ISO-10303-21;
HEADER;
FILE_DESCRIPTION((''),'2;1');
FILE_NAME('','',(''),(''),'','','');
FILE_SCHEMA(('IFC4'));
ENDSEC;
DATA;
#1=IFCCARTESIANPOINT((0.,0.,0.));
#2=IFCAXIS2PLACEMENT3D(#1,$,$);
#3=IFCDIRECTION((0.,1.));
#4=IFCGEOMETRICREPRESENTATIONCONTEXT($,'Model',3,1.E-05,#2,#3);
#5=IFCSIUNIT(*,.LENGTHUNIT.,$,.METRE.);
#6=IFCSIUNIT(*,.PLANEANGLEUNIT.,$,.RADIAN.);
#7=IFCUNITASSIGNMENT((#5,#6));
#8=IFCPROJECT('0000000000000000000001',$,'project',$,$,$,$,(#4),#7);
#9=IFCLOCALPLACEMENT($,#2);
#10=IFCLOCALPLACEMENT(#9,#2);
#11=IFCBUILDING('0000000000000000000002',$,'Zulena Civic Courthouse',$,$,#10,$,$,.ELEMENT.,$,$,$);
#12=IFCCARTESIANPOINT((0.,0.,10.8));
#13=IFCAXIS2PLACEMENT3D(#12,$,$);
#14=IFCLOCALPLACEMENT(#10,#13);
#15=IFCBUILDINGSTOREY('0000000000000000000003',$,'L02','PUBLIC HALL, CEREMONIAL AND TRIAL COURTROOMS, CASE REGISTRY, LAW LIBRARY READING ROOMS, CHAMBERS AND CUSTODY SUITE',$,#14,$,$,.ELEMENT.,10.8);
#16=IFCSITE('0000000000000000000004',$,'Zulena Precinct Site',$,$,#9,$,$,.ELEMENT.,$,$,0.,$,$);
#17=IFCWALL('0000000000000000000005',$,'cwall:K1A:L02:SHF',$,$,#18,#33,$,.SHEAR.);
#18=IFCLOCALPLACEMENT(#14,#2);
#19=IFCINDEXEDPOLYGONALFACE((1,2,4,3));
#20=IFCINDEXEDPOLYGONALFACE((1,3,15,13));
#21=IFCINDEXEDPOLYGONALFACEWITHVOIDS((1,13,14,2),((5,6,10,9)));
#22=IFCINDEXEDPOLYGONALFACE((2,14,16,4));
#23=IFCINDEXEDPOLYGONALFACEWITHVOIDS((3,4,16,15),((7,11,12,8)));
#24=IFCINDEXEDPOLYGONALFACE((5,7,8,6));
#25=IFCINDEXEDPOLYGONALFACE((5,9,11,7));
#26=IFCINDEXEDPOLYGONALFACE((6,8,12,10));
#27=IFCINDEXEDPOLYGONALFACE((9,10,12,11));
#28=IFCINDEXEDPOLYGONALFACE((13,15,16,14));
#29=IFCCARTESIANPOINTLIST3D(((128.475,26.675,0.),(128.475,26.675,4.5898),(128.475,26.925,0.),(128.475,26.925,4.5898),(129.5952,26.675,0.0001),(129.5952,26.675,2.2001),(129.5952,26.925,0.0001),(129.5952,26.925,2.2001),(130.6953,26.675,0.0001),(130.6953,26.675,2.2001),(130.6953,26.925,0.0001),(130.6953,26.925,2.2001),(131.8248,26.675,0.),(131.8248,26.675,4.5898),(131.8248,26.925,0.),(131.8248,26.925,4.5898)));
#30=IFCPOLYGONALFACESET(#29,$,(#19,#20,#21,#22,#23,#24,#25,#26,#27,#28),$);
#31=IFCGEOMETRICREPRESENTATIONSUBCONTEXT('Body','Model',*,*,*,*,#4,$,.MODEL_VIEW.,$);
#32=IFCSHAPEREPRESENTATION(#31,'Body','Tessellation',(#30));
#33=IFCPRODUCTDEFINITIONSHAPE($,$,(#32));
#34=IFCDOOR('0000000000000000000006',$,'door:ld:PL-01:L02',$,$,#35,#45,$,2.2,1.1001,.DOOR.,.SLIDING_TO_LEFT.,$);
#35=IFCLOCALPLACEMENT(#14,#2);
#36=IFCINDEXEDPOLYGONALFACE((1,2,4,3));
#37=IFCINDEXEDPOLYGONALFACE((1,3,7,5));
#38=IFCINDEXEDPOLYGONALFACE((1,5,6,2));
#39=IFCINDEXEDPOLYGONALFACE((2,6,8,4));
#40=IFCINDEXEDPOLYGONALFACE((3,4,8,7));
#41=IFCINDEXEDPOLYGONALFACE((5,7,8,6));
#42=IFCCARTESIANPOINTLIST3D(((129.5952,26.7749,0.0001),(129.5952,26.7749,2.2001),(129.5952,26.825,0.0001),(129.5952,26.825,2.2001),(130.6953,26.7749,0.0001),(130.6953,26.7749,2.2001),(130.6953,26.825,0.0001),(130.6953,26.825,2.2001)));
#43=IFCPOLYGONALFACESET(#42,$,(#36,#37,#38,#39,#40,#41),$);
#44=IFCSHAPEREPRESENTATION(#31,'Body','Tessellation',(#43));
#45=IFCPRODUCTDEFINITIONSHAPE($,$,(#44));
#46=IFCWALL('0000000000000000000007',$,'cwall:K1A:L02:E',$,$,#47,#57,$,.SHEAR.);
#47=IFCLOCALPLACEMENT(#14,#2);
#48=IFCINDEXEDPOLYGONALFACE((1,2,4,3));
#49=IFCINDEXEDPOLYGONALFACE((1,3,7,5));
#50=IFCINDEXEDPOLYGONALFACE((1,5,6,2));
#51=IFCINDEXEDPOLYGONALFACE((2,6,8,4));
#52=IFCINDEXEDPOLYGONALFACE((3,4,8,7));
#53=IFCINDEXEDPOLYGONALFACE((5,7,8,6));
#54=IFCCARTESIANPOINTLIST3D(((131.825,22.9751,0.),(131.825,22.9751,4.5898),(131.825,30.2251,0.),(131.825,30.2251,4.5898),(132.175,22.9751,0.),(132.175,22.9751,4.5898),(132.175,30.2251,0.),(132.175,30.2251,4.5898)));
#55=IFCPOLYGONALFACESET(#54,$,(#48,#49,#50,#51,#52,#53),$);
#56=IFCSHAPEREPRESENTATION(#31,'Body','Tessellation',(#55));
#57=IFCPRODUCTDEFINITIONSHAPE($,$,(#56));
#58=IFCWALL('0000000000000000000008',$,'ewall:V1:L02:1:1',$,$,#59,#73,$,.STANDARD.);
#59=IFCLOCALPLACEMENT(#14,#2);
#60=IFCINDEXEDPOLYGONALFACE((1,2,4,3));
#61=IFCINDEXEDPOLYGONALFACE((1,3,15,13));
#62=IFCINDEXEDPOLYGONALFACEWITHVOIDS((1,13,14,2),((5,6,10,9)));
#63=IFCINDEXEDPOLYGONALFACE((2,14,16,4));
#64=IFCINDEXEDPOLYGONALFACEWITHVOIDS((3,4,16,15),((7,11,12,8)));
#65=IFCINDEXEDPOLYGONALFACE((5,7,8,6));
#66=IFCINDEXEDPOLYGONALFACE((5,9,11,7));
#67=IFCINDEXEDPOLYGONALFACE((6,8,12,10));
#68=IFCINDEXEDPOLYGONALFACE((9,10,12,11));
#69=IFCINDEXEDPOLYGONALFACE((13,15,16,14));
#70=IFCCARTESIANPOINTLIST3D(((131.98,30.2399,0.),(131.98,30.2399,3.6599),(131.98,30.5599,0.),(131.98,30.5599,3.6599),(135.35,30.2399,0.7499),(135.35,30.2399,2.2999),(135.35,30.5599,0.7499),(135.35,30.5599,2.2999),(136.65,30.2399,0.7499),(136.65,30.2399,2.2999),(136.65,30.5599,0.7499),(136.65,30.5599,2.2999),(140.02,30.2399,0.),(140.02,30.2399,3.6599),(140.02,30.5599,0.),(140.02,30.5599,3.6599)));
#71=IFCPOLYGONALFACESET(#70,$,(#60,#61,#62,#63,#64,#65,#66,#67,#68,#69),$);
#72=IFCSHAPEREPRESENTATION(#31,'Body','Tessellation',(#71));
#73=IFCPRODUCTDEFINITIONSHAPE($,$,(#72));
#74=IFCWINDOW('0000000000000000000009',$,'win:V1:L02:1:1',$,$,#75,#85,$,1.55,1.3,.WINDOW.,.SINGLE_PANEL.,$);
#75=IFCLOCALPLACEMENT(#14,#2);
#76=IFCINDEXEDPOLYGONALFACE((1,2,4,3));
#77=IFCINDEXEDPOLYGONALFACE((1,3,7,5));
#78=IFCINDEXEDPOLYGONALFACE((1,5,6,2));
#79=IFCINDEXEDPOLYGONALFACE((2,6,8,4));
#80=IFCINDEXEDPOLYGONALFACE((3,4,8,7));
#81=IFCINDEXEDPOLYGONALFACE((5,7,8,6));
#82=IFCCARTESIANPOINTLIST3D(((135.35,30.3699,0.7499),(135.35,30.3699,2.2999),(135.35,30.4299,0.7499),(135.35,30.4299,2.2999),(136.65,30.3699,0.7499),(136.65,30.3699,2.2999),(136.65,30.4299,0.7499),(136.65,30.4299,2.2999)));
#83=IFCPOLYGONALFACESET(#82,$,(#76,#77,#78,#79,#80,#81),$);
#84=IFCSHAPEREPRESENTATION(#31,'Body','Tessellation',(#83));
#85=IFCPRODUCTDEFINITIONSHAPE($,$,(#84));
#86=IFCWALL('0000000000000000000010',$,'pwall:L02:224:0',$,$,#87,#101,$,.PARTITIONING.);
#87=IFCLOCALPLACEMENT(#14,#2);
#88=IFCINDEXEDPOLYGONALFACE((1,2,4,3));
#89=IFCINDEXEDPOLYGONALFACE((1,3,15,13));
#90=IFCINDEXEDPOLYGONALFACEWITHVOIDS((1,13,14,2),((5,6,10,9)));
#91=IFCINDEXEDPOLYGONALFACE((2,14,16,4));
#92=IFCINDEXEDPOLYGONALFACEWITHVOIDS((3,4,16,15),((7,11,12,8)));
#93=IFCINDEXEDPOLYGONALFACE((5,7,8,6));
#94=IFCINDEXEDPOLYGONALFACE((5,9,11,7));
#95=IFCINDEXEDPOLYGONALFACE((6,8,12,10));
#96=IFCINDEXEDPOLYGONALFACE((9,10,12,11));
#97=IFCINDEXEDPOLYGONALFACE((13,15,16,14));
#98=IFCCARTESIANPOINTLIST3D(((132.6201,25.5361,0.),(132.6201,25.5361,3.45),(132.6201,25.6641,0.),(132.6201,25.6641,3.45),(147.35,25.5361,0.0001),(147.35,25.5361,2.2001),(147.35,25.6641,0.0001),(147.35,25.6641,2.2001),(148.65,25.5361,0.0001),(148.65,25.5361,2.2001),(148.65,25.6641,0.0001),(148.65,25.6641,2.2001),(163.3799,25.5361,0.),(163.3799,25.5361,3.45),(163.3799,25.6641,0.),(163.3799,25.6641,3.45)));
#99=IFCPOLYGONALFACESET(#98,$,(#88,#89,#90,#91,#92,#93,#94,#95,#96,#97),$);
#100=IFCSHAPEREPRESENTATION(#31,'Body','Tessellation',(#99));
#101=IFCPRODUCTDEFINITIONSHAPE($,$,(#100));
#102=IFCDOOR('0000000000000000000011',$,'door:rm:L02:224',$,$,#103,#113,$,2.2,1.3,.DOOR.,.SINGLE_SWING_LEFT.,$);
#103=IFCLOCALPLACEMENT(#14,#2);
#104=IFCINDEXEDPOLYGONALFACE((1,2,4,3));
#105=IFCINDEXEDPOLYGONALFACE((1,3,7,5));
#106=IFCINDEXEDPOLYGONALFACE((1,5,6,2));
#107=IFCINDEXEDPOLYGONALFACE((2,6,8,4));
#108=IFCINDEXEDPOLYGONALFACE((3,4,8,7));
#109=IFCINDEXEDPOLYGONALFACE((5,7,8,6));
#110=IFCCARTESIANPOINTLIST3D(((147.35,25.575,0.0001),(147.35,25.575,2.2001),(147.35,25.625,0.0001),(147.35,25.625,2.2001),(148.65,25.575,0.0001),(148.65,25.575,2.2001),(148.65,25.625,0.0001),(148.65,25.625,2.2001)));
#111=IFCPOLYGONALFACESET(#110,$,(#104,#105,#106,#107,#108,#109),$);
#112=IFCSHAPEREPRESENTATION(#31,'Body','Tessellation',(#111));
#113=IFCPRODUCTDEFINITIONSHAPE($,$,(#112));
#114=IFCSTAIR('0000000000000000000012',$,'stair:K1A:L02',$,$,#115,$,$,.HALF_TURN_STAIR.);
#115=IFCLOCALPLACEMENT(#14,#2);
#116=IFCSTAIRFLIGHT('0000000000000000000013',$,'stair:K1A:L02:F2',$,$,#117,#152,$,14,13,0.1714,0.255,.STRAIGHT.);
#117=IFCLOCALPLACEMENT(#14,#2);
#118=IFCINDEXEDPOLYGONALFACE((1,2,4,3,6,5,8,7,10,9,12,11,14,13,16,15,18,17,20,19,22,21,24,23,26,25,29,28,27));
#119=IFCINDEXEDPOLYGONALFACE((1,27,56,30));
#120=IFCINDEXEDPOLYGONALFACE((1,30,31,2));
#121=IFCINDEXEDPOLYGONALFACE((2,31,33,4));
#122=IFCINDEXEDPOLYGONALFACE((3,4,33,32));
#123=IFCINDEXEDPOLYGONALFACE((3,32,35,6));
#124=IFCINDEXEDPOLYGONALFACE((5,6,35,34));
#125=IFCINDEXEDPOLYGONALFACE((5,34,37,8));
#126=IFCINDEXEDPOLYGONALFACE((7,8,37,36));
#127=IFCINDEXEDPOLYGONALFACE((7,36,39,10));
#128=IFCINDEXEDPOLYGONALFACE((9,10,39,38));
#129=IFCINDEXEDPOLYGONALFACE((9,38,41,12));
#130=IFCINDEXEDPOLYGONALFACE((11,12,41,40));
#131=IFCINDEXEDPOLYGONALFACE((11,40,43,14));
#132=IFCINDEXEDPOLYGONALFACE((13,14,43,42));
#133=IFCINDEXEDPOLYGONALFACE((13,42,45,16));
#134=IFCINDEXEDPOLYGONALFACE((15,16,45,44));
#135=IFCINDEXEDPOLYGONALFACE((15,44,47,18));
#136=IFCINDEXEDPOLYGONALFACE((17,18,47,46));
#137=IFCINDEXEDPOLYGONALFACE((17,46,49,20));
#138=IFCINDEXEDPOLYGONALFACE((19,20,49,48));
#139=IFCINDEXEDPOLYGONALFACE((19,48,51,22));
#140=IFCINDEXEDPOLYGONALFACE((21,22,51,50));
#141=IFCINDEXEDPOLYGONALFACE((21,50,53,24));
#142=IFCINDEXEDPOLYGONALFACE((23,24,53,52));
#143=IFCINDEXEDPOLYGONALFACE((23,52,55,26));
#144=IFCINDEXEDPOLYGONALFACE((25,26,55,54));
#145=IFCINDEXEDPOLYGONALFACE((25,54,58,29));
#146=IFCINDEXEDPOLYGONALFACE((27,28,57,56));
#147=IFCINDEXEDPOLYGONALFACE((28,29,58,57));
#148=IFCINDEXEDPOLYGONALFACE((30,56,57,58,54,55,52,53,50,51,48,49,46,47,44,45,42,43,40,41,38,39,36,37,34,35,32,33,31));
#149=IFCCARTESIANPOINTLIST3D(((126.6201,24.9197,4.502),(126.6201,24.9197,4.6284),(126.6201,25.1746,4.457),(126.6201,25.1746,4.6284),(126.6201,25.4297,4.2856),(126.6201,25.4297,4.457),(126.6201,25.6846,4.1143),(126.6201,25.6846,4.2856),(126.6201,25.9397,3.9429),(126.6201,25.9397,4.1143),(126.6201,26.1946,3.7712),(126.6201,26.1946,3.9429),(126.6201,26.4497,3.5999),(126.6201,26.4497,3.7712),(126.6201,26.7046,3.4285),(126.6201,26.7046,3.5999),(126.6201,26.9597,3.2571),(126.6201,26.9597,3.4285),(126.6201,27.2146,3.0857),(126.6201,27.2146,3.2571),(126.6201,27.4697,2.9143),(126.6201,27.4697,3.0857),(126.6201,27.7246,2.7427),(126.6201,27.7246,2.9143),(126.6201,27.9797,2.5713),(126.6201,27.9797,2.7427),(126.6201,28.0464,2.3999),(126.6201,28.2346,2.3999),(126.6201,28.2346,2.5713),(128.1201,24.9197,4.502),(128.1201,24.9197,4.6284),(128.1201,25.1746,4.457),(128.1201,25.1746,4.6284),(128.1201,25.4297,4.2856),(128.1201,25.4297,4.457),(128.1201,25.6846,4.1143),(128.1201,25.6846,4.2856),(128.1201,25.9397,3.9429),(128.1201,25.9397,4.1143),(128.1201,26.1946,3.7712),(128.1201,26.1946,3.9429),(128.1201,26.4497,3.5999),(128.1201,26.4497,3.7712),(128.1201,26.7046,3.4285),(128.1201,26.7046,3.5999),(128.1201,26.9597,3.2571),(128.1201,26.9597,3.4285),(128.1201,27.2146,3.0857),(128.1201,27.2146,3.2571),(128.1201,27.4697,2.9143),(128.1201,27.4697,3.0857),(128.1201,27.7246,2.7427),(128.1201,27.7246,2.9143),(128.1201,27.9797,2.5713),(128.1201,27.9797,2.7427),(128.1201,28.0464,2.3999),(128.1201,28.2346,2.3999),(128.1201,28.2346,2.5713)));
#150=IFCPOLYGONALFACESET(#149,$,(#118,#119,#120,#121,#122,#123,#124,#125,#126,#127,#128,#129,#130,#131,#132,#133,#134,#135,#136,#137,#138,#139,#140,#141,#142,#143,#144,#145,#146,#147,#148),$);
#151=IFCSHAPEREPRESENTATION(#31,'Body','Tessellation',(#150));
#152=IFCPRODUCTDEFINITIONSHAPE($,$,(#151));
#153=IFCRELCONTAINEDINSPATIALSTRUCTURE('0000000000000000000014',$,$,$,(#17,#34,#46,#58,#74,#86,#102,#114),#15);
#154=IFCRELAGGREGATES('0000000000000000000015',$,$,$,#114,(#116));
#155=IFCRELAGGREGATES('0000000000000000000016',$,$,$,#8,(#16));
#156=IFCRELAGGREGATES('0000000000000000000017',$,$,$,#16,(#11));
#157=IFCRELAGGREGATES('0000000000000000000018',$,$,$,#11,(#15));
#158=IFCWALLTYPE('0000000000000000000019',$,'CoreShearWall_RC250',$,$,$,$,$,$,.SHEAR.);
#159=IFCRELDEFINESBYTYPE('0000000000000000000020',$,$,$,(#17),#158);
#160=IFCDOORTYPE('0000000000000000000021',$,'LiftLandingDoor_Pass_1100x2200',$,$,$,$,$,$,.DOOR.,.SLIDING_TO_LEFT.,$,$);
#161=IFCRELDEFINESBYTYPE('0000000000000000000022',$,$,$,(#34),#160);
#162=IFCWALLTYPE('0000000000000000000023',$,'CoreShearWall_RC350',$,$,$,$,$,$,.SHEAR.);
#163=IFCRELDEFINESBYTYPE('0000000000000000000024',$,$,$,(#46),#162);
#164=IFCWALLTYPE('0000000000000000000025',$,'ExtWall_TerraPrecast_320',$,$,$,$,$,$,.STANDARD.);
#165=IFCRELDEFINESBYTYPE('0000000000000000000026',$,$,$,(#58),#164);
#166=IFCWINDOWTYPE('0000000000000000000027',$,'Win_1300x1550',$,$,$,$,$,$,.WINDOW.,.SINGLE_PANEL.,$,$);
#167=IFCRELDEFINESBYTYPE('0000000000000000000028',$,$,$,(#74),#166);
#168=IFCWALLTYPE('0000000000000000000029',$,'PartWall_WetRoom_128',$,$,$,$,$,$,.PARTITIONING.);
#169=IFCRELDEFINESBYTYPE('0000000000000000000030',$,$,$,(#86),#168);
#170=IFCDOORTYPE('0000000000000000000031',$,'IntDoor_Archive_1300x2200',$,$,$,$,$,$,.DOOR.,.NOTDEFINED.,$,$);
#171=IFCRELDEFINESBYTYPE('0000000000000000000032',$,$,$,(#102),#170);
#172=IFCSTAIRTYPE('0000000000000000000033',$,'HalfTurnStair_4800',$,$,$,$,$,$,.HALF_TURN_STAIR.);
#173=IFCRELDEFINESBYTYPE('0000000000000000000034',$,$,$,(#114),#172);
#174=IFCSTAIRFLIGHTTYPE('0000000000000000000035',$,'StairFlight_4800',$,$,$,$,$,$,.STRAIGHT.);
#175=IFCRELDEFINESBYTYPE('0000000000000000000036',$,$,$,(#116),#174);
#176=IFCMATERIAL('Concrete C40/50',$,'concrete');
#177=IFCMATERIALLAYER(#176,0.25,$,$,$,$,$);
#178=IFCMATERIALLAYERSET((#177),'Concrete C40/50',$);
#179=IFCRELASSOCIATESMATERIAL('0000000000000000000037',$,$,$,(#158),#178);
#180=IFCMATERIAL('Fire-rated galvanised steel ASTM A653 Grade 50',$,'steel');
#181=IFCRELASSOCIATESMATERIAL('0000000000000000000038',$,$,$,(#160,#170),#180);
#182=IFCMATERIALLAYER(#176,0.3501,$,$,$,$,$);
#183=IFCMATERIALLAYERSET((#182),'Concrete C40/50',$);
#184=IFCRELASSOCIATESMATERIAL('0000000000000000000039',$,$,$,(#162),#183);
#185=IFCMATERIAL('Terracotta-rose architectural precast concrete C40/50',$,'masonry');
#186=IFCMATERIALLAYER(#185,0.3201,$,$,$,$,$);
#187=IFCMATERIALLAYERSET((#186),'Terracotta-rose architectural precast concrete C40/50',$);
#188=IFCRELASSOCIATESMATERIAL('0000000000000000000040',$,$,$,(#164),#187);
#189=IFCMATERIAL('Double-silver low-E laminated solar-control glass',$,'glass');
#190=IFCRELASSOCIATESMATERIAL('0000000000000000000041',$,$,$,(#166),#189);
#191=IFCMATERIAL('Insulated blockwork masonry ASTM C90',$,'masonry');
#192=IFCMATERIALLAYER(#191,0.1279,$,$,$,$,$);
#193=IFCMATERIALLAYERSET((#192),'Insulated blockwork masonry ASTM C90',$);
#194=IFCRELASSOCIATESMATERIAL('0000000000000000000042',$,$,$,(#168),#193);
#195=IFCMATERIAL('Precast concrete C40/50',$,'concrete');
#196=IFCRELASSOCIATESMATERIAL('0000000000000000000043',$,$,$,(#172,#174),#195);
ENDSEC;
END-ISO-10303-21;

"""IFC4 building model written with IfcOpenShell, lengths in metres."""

from ifc_helpers import new_model, si_unit, direction, frame, frame_2d, origin, place, context, subcontext, project, spatial, polyline, rectangle, outline, extrude, material, layer, layer_set, type_object, element, fill, aggregate, save


model = new_model("IFC4")

# Units and contexts
model_context = context("Model", 3, precision=1e-05, world=origin(), true_north=direction((0.0, 1.0)))
body_context = subcontext(model_context, "Body", "Model", "MODEL_VIEW")
ifc_project = project(units=[si_unit("LENGTHUNIT", "METRE"), si_unit("PLANEANGLEUNIT", "RADIAN")], contexts=[model_context])

# Site, building, storey
site_placement = place(None, origin())
site = spatial("IfcSite", under=ifc_project, at=site_placement, Name="Zulena Precinct Site", CompositionType="ELEMENT", RefElevation=0.0)
building_placement = place(site_placement, origin())
building = spatial("IfcBuilding", under=site, at=building_placement, Name="Zulena Civic Courthouse", CompositionType="ELEMENT")
storey_placement = place(building_placement, frame((0.0, 0.0, 10.8)))
storey = spatial("IfcBuildingStorey", under=building, at=storey_placement, Name="L02", Description="PUBLIC HALL, CEREMONIAL AND TRIAL COURTROOMS, CASE REGISTRY, LAW LIBRARY READING ROOMS, CHAMBERS AND CUSTODY SUITE", CompositionType="ELEMENT", Elevation=10.8)

# Shared definitions
ifc_material_1 = material(Name="Double-silver low-E laminated solar-control glass", Category="glass")

# Wall, opening, door
ifc_material_2 = material(Name="Concrete C40/50", Category="concrete")
ifc_layer_1 = layer(ifc_material_2, 0.25)
ifc_layer_set_1 = layer_set([ifc_layer_1], Name="Concrete C40/50")
wall_type_1 = type_object("IfcWallType", Name="CoreShearWall_RC250", PredefinedType="SHEAR", material=ifc_layer_set_1)
ifc_material_3 = material(Name="Fire-rated galvanised steel ASTM A653 Grade 50", Category="steel")
wall_1_placement = place(storey_placement, frame((128.4751, 26.8, 0.0), z_axis=(0.0, 0.0, 1.0), x_axis=(1.0, 0.0, 0.0)))
wall_1 = element("IfcWall", 1, at=wall_1_placement, inside=storey, type_object=wall_type_1, Name="cwall:K1A:L02:SHF", PredefinedType="SHEAR", context=body_context, shape_type="SweptSolid", body=[
    extrude(rectangle(XDim=3.3499, YDim=0.25, at=frame_2d((1.6748, 0.0))), origin(), (0.0, 0.0, 1.0), 4.5898),
])
opening_1_placement = place(wall_1_placement, frame((1.1201, 0.0, 0.0)))
opening_1 = element("IfcOpeningElement", 2, at=opening_1_placement, cuts=wall_1, PredefinedType="OPENING", context=body_context, shape_type="SweptSolid", body=[
    extrude(rectangle(XDim=1.1001, YDim=2.2, at=frame_2d((0.55, 1.1001))), frame((0.0, 0.135, 0.0), z_axis=(0.0, -1.0, 0.0), x_axis=(1.0, 0.0, 0.0)), (0.0, 0.0, 1.0), 0.27),
])
door_type_1 = type_object("IfcDoorType", Name="LiftLandingDoor_Pass_1100x2200", OperationType="SLIDING_TO_LEFT", PredefinedType="DOOR", material=ifc_material_3)
door_1_placement = place(opening_1_placement, origin())
door_1 = element("IfcDoor", 3, at=door_1_placement, inside=storey, type_object=door_type_1, Name="door:ld:PL-01:L02", OperationType="SLIDING_TO_LEFT", OverallHeight=2.2, OverallWidth=1.1001, PredefinedType="DOOR", context=body_context, shape_type="SweptSolid", body=[
    extrude(rectangle(XDim=1.1001, YDim=2.2, at=frame_2d((0.55, 1.1001))), frame((0.0, 0.0249, 0.0), z_axis=(0.0, -1.0, 0.0), x_axis=(1.0, 0.0, 0.0)), (0.0, 0.0, 1.0), 0.05),
])
fill(opening_1, door_1)

# Wall
ifc_layer_2 = layer(ifc_material_2, 0.3501)
ifc_layer_set_2 = layer_set([ifc_layer_2], Name="Concrete C40/50")
wall_type_2 = type_object("IfcWallType", Name="CoreShearWall_RC350", PredefinedType="SHEAR", material=ifc_layer_set_2)
wall_2_placement = place(storey_placement, frame((132.0, 22.9751, 0.0), z_axis=(0.0, 0.0, 1.0), x_axis=(0.0, 1.0, 0.0)))
element("IfcWall", 4, at=wall_2_placement, inside=storey, type_object=wall_type_2, Name="cwall:K1A:L02:E", PredefinedType="SHEAR", context=body_context, shape_type="SweptSolid", body=[
    extrude(rectangle(XDim=7.25, YDim=0.3501, at=frame_2d((3.625, 0.0))), origin(), (0.0, 0.0, 1.0), 4.5898),
])

# Wall, opening, window
ifc_material_4 = material(Name="Terracotta-rose architectural precast concrete C40/50", Category="masonry")
ifc_layer_3 = layer(ifc_material_4, 0.3201)
ifc_layer_set_3 = layer_set([ifc_layer_3], Name="Terracotta-rose architectural precast concrete C40/50")
wall_type_3 = type_object("IfcWallType", Name="ExtWall_TerraPrecast_320", PredefinedType="STANDARD", material=ifc_layer_set_3)
wall_3_placement = place(storey_placement, frame((131.98, 30.3999, 0.0), z_axis=(0.0, 0.0, 1.0), x_axis=(1.0, 0.0, 0.0)))
wall_3 = element("IfcWall", 5, at=wall_3_placement, inside=storey, type_object=wall_type_3, Name="ewall:V1:L02:1:1", PredefinedType="STANDARD", context=body_context, shape_type="SweptSolid", body=[
    extrude(rectangle(XDim=8.04, YDim=0.3201, at=frame_2d((4.02, 0.0))), origin(), (0.0, 0.0, 1.0), 3.6599),
])
opening_2_placement = place(wall_3_placement, frame((3.3701, 0.0, 0.75)))
opening_2 = element("IfcOpeningElement", 6, at=opening_2_placement, cuts=wall_3, PredefinedType="OPENING", context=body_context, shape_type="SweptSolid", body=[
    extrude(rectangle(XDim=1.3, YDim=1.55, at=frame_2d((0.6499, 0.7749))), frame((0.0, 0.1699, 0.0), z_axis=(0.0, -1.0, 0.0), x_axis=(1.0, 0.0, 0.0)), (0.0, 0.0, 1.0), 0.3401),
])
window_type = type_object("IfcWindowType", Name="Win_1300x1550", PartitioningType="SINGLE_PANEL", PredefinedType="WINDOW", material=ifc_material_1)
window_placement = place(opening_2_placement, origin())
window = element("IfcWindow", 7, at=window_placement, inside=storey, type_object=window_type, Name="win:V1:L02:1:1", OverallHeight=1.55, OverallWidth=1.3, PartitioningType="SINGLE_PANEL", PredefinedType="WINDOW", context=body_context, shape_type="SweptSolid", body=[
    extrude(rectangle(XDim=1.3, YDim=1.55, at=frame_2d((0.6499, 0.7749))), frame((0.0, 0.03, 0.0), z_axis=(0.0, -1.0, 0.0), x_axis=(1.0, 0.0, 0.0)), (0.0, 0.0, 1.0), 0.0601),
])
fill(opening_2, window)

# Wall, opening, door
ifc_material_5 = material(Name="Insulated blockwork masonry ASTM C90", Category="masonry")
ifc_layer_4 = layer(ifc_material_5, 0.1279)
ifc_layer_set_4 = layer_set([ifc_layer_4], Name="Insulated blockwork masonry ASTM C90")
wall_type_4 = type_object("IfcWallType", Name="PartWall_WetRoom_128", PredefinedType="PARTITIONING", material=ifc_layer_set_4)
wall_4_placement = place(storey_placement, frame((132.6201, 25.6001, 0.0), z_axis=(0.0, 0.0, 1.0), x_axis=(1.0, 0.0, 0.0)))
wall_4 = element("IfcWall", 8, at=wall_4_placement, inside=storey, type_object=wall_type_4, Name="pwall:L02:224:0", PredefinedType="PARTITIONING", context=body_context, shape_type="SweptSolid", body=[
    extrude(rectangle(XDim=30.7598, YDim=0.1279, at=frame_2d((15.3799, 0.0))), origin(), (0.0, 0.0, 1.0), 3.45),
])
opening_3_placement = place(wall_4_placement, frame((14.73, 0.0, 0.0)))
opening_3 = element("IfcOpeningElement", 9, at=opening_3_placement, cuts=wall_4, PredefinedType="OPENING", context=body_context, shape_type="SweptSolid", body=[
    extrude(rectangle(XDim=1.3, YDim=2.2, at=frame_2d((0.6499, 1.1001))), frame((0.0, 0.074, 0.0), z_axis=(0.0, -1.0, 0.0), x_axis=(1.0, 0.0, 0.0)), (0.0, 0.0, 1.0), 0.1479),
])
door_type_2 = type_object("IfcDoorType", Name="IntDoor_Archive_1300x2200", OperationType="NOTDEFINED", PredefinedType="DOOR", material=ifc_material_3)
door_2_placement = place(opening_3_placement, origin())
door_2 = element("IfcDoor", 10, at=door_2_placement, inside=storey, type_object=door_type_2, Name="door:rm:L02:224", OperationType="SINGLE_SWING_LEFT", OverallHeight=2.2, OverallWidth=1.3, PredefinedType="DOOR", context=body_context, shape_type="SweptSolid", body=[
    extrude(rectangle(XDim=1.3, YDim=2.2, at=frame_2d((0.6499, 1.1001))), frame((0.0, 0.0249, 0.0), z_axis=(0.0, -1.0, 0.0), x_axis=(1.0, 0.0, 0.0)), (0.0, 0.0, 1.0), 0.05),
])
fill(opening_3, door_2)

# Stair, stair flight
ifc_material_6 = material(Name="Precast concrete C40/50", Category="concrete")
stair_type = type_object("IfcStairType", Name="HalfTurnStair_4800", PredefinedType="HALF_TURN_STAIR", material=ifc_material_6)
stair_placement = place(storey_placement, origin())
stair = element("IfcStair", 11, at=stair_placement, inside=storey, type_object=stair_type, Name="stair:K1A:L02", PredefinedType="HALF_TURN_STAIR")
stair_flight_type = type_object("IfcStairFlightType", Name="StairFlight_4800", PredefinedType="STRAIGHT", material=ifc_material_6)
stair_flight_placement = place(storey_placement, frame((127.3701, 28.2346, 2.3999), z_axis=(0.0, 0.0, 1.0), x_axis=(0.0, -1.0, 0.0)))
stair_flight = element("IfcStairFlight", 12, at=stair_flight_placement, type_object=stair_flight_type, Name="stair:K1A:L02:F2", NumberOfRisers=14, NumberOfTreads=13, PredefinedType="STRAIGHT", RiserHeight=0.1714, TreadLength=0.255, context=body_context, shape_type="SweptSolid", body=[
    extrude(outline(polyline([(0.0, 0.0), (0.0, 0.1714), (0.2549, 0.1714), (0.2549, 0.3428), (0.51, 0.3428), (0.51, 0.5144), (0.7649, 0.5144), (0.7649, 0.6858), (1.02, 0.6858), (1.02, 0.8572), (1.2749, 0.8572), (1.2749, 1.0286), (1.53, 1.0286), (1.53, 1.2), (1.7849, 1.2), (1.7849, 1.3713), (2.04, 1.3713), (2.04, 1.543), (2.2949, 1.543), (2.2949, 1.7144), (2.55, 1.7144), (2.55, 1.8857), (2.8049, 1.8857), (2.8049, 2.0571), (3.0601, 2.0571), (3.0601, 2.2285), (3.3149, 2.2285), (3.3149, 2.3999), (3.3149, 2.1021), (0.1882, 0.0), (0.0, 0.0)])), frame((0.0, 0.75, 0.0), z_axis=(0.0, -1.0, 0.0), x_axis=(1.0, 0.0, 0.0)), (0.0, 0.0, 1.0), 1.5),
])
aggregate(stair, [stair_flight])

save(model, "model.ifc")
